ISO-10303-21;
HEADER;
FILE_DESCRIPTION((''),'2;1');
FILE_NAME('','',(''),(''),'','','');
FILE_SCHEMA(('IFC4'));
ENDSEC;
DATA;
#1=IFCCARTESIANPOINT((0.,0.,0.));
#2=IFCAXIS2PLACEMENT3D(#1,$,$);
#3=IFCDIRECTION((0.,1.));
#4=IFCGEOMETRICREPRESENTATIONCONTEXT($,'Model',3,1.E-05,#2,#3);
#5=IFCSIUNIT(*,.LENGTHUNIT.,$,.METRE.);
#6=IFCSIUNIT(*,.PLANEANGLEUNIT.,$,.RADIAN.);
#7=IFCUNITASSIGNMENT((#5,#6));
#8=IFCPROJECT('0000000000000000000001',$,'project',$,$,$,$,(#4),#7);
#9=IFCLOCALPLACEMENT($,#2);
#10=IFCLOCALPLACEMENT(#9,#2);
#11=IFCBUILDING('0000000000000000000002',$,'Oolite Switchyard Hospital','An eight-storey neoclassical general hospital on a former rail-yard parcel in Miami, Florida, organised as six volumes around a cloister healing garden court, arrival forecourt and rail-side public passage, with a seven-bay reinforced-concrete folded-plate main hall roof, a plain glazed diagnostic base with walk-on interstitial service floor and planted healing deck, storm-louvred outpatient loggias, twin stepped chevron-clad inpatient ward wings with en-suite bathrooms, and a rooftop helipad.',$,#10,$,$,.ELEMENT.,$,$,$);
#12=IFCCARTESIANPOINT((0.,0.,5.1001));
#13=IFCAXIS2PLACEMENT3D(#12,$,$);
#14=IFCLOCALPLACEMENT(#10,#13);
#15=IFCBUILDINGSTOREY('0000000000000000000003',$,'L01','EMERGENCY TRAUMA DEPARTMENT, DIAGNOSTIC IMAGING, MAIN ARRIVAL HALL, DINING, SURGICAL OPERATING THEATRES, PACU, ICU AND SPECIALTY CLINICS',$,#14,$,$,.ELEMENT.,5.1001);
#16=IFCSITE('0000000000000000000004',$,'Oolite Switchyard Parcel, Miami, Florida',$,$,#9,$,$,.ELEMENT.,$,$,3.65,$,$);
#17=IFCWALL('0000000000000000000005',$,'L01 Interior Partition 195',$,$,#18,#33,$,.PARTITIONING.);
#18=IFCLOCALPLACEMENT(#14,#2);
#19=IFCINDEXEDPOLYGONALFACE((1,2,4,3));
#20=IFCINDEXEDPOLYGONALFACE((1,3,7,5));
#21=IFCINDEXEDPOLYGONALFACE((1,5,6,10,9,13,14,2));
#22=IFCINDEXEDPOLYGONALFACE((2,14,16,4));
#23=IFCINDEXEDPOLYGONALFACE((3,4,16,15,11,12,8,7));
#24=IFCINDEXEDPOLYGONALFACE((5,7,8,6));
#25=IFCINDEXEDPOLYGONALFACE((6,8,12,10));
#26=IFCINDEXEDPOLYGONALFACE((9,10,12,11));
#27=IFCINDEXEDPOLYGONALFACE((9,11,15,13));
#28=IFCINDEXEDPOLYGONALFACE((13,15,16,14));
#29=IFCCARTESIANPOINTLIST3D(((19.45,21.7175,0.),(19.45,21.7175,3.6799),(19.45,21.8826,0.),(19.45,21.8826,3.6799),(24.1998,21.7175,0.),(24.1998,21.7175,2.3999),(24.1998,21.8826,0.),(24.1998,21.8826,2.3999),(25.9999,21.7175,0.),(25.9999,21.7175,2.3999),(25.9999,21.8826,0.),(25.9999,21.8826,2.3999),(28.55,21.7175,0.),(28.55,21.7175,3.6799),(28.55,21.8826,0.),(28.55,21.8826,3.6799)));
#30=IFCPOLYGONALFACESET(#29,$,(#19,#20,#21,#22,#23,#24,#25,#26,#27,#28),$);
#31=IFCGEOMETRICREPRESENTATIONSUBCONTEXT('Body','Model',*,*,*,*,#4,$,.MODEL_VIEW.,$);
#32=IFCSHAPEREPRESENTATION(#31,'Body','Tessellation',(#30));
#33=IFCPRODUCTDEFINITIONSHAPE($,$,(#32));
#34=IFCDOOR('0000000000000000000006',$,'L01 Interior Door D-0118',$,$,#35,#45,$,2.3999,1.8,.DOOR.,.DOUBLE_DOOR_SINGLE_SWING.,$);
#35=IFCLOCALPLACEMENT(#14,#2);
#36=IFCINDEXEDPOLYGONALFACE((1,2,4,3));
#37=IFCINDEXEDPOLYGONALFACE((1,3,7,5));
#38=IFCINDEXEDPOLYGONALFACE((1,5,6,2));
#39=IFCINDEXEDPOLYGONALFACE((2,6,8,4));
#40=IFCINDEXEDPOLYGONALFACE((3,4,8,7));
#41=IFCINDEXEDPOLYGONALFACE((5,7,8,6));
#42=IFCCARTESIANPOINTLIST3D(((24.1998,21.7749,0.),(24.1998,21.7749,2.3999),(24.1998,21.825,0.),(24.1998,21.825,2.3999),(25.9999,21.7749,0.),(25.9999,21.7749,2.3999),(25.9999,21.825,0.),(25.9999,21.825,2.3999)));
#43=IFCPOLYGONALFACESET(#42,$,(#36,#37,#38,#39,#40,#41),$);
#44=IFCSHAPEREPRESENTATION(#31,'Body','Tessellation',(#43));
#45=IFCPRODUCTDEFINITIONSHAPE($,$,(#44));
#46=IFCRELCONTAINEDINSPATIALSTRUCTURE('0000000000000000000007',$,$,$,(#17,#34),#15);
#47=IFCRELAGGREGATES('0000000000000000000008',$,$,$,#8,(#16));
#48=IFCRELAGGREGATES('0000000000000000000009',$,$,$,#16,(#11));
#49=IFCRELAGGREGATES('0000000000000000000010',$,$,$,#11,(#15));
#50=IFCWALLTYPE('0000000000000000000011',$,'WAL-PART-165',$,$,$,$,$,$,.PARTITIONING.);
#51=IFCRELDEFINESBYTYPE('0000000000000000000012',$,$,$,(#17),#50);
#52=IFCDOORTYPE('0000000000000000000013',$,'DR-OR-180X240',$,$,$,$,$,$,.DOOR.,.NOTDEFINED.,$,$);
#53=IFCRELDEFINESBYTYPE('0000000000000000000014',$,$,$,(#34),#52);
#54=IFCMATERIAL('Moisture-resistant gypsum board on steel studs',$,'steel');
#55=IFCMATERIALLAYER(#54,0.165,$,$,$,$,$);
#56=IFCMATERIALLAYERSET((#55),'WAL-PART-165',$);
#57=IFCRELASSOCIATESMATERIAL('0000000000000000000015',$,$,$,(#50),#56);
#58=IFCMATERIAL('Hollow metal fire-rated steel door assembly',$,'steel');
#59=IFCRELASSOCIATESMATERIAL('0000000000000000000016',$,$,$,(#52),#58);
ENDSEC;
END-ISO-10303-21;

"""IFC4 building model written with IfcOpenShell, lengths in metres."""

from ifc_helpers import new_model, si_unit, direction, frame, frame_2d, origin, place, context, subcontext, project, spatial, rectangle, extrude, material, layer, layer_set, type_object, element, fill, save


model = new_model("IFC4")

# Units and contexts
model_context = context("Model", 3, precision=1e-05, world=origin(), true_north=direction((0.0, 1.0)))
body_context = subcontext(model_context, "Body", "Model", "MODEL_VIEW")
ifc_project = project(units=[si_unit("LENGTHUNIT", "METRE"), si_unit("PLANEANGLEUNIT", "RADIAN")], contexts=[model_context])

# Site, building, storey
site_placement = place(None, origin())
site = spatial("IfcSite", under=ifc_project, at=site_placement, Name="Oolite Switchyard Parcel, Miami, Florida", CompositionType="ELEMENT", RefElevation=3.65)
building_placement = place(site_placement, origin())
building = spatial("IfcBuilding", under=site, at=building_placement, Name="Oolite Switchyard Hospital", Description="An eight-storey neoclassical general hospital on a former rail-yard parcel in Miami, Florida, organised as six volumes around a cloister healing garden court, arrival forecourt and rail-side public passage, with a seven-bay reinforced-concrete folded-plate main hall roof, a plain glazed diagnostic base with walk-on interstitial service floor and planted healing deck, storm-louvred outpatient loggias, twin stepped chevron-clad inpatient ward wings with en-suite bathrooms, and a rooftop helipad.", CompositionType="ELEMENT")
storey_placement = place(building_placement, frame((0.0, 0.0, 5.1001)))
storey = spatial("IfcBuildingStorey", under=building, at=storey_placement, Name="L01", Description="EMERGENCY TRAUMA DEPARTMENT, DIAGNOSTIC IMAGING, MAIN ARRIVAL HALL, DINING, SURGICAL OPERATING THEATRES, PACU, ICU AND SPECIALTY CLINICS", CompositionType="ELEMENT", Elevation=5.1001)

# Wall, opening, door
ifc_material_1 = material(Name="Moisture-resistant gypsum board on steel studs", Category="steel")
ifc_layer = layer(ifc_material_1, 0.165)
ifc_layer_set = layer_set([ifc_layer], Name="WAL-PART-165")
wall_type = type_object("IfcWallType", Name="WAL-PART-165", PredefinedType="PARTITIONING", material=ifc_layer_set)
ifc_material_2 = material(Name="Hollow metal fire-rated steel door assembly", Category="steel")
wall_1_placement = place(storey_placement, frame((19.45, 21.8, 0.0), z_axis=(0.0, 0.0, 1.0), x_axis=(1.0, 0.0, 0.0)))
wall_1 = element("IfcWall", 1, at=wall_1_placement, inside=storey, type_object=wall_type, Name="L01 Interior Partition 195", PredefinedType="PARTITIONING", context=body_context, shape_type="SweptSolid", body=[
    extrude(rectangle(XDim=9.1001, YDim=0.165, at=frame_2d((4.55, 0.0))), origin(), (0.0, 0.0, 1.0), 3.6799),
])
opening_1_placement = place(wall_1_placement, frame((4.75, 0.0, 0.0)))
opening_1 = element("IfcOpeningElement", 2, at=opening_1_placement, cuts=wall_1, PredefinedType="OPENING", context=body_context, shape_type="SweptSolid", body=[
    extrude(rectangle(XDim=1.8, YDim=2.3999, at=frame_2d((0.8999, 1.2))), frame((0.0, 0.0925, 0.0), z_axis=(0.0, -1.0, 0.0), x_axis=(1.0, 0.0, 0.0)), (0.0, 0.0, 1.0), 0.1851),
])
door_type_1 = type_object("IfcDoorType", Name="DR-OR-180X240", OperationType="NOTDEFINED", PredefinedType="DOOR", material=ifc_material_2)
door_1_placement = place(opening_1_placement, origin())
door_1 = element("IfcDoor", 3, at=door_1_placement, inside=storey, type_object=door_type_1, Name="L01 Interior Door D-0118", OperationType="DOUBLE_DOOR_SINGLE_SWING", OverallHeight=2.3999, OverallWidth=1.8, PredefinedType="DOOR", context=body_context, shape_type="SweptSolid", body=[
    extrude(rectangle(XDim=1.8, YDim=2.3999, at=frame_2d((0.8999, 1.2))), frame((0.0, 0.0249, 0.0), z_axis=(0.0, -1.0, 0.0), x_axis=(1.0, 0.0, 0.0)), (0.0, 0.0, 1.0), 0.05),
])
fill(opening_1, door_1)

save(model, "model.ifc")
